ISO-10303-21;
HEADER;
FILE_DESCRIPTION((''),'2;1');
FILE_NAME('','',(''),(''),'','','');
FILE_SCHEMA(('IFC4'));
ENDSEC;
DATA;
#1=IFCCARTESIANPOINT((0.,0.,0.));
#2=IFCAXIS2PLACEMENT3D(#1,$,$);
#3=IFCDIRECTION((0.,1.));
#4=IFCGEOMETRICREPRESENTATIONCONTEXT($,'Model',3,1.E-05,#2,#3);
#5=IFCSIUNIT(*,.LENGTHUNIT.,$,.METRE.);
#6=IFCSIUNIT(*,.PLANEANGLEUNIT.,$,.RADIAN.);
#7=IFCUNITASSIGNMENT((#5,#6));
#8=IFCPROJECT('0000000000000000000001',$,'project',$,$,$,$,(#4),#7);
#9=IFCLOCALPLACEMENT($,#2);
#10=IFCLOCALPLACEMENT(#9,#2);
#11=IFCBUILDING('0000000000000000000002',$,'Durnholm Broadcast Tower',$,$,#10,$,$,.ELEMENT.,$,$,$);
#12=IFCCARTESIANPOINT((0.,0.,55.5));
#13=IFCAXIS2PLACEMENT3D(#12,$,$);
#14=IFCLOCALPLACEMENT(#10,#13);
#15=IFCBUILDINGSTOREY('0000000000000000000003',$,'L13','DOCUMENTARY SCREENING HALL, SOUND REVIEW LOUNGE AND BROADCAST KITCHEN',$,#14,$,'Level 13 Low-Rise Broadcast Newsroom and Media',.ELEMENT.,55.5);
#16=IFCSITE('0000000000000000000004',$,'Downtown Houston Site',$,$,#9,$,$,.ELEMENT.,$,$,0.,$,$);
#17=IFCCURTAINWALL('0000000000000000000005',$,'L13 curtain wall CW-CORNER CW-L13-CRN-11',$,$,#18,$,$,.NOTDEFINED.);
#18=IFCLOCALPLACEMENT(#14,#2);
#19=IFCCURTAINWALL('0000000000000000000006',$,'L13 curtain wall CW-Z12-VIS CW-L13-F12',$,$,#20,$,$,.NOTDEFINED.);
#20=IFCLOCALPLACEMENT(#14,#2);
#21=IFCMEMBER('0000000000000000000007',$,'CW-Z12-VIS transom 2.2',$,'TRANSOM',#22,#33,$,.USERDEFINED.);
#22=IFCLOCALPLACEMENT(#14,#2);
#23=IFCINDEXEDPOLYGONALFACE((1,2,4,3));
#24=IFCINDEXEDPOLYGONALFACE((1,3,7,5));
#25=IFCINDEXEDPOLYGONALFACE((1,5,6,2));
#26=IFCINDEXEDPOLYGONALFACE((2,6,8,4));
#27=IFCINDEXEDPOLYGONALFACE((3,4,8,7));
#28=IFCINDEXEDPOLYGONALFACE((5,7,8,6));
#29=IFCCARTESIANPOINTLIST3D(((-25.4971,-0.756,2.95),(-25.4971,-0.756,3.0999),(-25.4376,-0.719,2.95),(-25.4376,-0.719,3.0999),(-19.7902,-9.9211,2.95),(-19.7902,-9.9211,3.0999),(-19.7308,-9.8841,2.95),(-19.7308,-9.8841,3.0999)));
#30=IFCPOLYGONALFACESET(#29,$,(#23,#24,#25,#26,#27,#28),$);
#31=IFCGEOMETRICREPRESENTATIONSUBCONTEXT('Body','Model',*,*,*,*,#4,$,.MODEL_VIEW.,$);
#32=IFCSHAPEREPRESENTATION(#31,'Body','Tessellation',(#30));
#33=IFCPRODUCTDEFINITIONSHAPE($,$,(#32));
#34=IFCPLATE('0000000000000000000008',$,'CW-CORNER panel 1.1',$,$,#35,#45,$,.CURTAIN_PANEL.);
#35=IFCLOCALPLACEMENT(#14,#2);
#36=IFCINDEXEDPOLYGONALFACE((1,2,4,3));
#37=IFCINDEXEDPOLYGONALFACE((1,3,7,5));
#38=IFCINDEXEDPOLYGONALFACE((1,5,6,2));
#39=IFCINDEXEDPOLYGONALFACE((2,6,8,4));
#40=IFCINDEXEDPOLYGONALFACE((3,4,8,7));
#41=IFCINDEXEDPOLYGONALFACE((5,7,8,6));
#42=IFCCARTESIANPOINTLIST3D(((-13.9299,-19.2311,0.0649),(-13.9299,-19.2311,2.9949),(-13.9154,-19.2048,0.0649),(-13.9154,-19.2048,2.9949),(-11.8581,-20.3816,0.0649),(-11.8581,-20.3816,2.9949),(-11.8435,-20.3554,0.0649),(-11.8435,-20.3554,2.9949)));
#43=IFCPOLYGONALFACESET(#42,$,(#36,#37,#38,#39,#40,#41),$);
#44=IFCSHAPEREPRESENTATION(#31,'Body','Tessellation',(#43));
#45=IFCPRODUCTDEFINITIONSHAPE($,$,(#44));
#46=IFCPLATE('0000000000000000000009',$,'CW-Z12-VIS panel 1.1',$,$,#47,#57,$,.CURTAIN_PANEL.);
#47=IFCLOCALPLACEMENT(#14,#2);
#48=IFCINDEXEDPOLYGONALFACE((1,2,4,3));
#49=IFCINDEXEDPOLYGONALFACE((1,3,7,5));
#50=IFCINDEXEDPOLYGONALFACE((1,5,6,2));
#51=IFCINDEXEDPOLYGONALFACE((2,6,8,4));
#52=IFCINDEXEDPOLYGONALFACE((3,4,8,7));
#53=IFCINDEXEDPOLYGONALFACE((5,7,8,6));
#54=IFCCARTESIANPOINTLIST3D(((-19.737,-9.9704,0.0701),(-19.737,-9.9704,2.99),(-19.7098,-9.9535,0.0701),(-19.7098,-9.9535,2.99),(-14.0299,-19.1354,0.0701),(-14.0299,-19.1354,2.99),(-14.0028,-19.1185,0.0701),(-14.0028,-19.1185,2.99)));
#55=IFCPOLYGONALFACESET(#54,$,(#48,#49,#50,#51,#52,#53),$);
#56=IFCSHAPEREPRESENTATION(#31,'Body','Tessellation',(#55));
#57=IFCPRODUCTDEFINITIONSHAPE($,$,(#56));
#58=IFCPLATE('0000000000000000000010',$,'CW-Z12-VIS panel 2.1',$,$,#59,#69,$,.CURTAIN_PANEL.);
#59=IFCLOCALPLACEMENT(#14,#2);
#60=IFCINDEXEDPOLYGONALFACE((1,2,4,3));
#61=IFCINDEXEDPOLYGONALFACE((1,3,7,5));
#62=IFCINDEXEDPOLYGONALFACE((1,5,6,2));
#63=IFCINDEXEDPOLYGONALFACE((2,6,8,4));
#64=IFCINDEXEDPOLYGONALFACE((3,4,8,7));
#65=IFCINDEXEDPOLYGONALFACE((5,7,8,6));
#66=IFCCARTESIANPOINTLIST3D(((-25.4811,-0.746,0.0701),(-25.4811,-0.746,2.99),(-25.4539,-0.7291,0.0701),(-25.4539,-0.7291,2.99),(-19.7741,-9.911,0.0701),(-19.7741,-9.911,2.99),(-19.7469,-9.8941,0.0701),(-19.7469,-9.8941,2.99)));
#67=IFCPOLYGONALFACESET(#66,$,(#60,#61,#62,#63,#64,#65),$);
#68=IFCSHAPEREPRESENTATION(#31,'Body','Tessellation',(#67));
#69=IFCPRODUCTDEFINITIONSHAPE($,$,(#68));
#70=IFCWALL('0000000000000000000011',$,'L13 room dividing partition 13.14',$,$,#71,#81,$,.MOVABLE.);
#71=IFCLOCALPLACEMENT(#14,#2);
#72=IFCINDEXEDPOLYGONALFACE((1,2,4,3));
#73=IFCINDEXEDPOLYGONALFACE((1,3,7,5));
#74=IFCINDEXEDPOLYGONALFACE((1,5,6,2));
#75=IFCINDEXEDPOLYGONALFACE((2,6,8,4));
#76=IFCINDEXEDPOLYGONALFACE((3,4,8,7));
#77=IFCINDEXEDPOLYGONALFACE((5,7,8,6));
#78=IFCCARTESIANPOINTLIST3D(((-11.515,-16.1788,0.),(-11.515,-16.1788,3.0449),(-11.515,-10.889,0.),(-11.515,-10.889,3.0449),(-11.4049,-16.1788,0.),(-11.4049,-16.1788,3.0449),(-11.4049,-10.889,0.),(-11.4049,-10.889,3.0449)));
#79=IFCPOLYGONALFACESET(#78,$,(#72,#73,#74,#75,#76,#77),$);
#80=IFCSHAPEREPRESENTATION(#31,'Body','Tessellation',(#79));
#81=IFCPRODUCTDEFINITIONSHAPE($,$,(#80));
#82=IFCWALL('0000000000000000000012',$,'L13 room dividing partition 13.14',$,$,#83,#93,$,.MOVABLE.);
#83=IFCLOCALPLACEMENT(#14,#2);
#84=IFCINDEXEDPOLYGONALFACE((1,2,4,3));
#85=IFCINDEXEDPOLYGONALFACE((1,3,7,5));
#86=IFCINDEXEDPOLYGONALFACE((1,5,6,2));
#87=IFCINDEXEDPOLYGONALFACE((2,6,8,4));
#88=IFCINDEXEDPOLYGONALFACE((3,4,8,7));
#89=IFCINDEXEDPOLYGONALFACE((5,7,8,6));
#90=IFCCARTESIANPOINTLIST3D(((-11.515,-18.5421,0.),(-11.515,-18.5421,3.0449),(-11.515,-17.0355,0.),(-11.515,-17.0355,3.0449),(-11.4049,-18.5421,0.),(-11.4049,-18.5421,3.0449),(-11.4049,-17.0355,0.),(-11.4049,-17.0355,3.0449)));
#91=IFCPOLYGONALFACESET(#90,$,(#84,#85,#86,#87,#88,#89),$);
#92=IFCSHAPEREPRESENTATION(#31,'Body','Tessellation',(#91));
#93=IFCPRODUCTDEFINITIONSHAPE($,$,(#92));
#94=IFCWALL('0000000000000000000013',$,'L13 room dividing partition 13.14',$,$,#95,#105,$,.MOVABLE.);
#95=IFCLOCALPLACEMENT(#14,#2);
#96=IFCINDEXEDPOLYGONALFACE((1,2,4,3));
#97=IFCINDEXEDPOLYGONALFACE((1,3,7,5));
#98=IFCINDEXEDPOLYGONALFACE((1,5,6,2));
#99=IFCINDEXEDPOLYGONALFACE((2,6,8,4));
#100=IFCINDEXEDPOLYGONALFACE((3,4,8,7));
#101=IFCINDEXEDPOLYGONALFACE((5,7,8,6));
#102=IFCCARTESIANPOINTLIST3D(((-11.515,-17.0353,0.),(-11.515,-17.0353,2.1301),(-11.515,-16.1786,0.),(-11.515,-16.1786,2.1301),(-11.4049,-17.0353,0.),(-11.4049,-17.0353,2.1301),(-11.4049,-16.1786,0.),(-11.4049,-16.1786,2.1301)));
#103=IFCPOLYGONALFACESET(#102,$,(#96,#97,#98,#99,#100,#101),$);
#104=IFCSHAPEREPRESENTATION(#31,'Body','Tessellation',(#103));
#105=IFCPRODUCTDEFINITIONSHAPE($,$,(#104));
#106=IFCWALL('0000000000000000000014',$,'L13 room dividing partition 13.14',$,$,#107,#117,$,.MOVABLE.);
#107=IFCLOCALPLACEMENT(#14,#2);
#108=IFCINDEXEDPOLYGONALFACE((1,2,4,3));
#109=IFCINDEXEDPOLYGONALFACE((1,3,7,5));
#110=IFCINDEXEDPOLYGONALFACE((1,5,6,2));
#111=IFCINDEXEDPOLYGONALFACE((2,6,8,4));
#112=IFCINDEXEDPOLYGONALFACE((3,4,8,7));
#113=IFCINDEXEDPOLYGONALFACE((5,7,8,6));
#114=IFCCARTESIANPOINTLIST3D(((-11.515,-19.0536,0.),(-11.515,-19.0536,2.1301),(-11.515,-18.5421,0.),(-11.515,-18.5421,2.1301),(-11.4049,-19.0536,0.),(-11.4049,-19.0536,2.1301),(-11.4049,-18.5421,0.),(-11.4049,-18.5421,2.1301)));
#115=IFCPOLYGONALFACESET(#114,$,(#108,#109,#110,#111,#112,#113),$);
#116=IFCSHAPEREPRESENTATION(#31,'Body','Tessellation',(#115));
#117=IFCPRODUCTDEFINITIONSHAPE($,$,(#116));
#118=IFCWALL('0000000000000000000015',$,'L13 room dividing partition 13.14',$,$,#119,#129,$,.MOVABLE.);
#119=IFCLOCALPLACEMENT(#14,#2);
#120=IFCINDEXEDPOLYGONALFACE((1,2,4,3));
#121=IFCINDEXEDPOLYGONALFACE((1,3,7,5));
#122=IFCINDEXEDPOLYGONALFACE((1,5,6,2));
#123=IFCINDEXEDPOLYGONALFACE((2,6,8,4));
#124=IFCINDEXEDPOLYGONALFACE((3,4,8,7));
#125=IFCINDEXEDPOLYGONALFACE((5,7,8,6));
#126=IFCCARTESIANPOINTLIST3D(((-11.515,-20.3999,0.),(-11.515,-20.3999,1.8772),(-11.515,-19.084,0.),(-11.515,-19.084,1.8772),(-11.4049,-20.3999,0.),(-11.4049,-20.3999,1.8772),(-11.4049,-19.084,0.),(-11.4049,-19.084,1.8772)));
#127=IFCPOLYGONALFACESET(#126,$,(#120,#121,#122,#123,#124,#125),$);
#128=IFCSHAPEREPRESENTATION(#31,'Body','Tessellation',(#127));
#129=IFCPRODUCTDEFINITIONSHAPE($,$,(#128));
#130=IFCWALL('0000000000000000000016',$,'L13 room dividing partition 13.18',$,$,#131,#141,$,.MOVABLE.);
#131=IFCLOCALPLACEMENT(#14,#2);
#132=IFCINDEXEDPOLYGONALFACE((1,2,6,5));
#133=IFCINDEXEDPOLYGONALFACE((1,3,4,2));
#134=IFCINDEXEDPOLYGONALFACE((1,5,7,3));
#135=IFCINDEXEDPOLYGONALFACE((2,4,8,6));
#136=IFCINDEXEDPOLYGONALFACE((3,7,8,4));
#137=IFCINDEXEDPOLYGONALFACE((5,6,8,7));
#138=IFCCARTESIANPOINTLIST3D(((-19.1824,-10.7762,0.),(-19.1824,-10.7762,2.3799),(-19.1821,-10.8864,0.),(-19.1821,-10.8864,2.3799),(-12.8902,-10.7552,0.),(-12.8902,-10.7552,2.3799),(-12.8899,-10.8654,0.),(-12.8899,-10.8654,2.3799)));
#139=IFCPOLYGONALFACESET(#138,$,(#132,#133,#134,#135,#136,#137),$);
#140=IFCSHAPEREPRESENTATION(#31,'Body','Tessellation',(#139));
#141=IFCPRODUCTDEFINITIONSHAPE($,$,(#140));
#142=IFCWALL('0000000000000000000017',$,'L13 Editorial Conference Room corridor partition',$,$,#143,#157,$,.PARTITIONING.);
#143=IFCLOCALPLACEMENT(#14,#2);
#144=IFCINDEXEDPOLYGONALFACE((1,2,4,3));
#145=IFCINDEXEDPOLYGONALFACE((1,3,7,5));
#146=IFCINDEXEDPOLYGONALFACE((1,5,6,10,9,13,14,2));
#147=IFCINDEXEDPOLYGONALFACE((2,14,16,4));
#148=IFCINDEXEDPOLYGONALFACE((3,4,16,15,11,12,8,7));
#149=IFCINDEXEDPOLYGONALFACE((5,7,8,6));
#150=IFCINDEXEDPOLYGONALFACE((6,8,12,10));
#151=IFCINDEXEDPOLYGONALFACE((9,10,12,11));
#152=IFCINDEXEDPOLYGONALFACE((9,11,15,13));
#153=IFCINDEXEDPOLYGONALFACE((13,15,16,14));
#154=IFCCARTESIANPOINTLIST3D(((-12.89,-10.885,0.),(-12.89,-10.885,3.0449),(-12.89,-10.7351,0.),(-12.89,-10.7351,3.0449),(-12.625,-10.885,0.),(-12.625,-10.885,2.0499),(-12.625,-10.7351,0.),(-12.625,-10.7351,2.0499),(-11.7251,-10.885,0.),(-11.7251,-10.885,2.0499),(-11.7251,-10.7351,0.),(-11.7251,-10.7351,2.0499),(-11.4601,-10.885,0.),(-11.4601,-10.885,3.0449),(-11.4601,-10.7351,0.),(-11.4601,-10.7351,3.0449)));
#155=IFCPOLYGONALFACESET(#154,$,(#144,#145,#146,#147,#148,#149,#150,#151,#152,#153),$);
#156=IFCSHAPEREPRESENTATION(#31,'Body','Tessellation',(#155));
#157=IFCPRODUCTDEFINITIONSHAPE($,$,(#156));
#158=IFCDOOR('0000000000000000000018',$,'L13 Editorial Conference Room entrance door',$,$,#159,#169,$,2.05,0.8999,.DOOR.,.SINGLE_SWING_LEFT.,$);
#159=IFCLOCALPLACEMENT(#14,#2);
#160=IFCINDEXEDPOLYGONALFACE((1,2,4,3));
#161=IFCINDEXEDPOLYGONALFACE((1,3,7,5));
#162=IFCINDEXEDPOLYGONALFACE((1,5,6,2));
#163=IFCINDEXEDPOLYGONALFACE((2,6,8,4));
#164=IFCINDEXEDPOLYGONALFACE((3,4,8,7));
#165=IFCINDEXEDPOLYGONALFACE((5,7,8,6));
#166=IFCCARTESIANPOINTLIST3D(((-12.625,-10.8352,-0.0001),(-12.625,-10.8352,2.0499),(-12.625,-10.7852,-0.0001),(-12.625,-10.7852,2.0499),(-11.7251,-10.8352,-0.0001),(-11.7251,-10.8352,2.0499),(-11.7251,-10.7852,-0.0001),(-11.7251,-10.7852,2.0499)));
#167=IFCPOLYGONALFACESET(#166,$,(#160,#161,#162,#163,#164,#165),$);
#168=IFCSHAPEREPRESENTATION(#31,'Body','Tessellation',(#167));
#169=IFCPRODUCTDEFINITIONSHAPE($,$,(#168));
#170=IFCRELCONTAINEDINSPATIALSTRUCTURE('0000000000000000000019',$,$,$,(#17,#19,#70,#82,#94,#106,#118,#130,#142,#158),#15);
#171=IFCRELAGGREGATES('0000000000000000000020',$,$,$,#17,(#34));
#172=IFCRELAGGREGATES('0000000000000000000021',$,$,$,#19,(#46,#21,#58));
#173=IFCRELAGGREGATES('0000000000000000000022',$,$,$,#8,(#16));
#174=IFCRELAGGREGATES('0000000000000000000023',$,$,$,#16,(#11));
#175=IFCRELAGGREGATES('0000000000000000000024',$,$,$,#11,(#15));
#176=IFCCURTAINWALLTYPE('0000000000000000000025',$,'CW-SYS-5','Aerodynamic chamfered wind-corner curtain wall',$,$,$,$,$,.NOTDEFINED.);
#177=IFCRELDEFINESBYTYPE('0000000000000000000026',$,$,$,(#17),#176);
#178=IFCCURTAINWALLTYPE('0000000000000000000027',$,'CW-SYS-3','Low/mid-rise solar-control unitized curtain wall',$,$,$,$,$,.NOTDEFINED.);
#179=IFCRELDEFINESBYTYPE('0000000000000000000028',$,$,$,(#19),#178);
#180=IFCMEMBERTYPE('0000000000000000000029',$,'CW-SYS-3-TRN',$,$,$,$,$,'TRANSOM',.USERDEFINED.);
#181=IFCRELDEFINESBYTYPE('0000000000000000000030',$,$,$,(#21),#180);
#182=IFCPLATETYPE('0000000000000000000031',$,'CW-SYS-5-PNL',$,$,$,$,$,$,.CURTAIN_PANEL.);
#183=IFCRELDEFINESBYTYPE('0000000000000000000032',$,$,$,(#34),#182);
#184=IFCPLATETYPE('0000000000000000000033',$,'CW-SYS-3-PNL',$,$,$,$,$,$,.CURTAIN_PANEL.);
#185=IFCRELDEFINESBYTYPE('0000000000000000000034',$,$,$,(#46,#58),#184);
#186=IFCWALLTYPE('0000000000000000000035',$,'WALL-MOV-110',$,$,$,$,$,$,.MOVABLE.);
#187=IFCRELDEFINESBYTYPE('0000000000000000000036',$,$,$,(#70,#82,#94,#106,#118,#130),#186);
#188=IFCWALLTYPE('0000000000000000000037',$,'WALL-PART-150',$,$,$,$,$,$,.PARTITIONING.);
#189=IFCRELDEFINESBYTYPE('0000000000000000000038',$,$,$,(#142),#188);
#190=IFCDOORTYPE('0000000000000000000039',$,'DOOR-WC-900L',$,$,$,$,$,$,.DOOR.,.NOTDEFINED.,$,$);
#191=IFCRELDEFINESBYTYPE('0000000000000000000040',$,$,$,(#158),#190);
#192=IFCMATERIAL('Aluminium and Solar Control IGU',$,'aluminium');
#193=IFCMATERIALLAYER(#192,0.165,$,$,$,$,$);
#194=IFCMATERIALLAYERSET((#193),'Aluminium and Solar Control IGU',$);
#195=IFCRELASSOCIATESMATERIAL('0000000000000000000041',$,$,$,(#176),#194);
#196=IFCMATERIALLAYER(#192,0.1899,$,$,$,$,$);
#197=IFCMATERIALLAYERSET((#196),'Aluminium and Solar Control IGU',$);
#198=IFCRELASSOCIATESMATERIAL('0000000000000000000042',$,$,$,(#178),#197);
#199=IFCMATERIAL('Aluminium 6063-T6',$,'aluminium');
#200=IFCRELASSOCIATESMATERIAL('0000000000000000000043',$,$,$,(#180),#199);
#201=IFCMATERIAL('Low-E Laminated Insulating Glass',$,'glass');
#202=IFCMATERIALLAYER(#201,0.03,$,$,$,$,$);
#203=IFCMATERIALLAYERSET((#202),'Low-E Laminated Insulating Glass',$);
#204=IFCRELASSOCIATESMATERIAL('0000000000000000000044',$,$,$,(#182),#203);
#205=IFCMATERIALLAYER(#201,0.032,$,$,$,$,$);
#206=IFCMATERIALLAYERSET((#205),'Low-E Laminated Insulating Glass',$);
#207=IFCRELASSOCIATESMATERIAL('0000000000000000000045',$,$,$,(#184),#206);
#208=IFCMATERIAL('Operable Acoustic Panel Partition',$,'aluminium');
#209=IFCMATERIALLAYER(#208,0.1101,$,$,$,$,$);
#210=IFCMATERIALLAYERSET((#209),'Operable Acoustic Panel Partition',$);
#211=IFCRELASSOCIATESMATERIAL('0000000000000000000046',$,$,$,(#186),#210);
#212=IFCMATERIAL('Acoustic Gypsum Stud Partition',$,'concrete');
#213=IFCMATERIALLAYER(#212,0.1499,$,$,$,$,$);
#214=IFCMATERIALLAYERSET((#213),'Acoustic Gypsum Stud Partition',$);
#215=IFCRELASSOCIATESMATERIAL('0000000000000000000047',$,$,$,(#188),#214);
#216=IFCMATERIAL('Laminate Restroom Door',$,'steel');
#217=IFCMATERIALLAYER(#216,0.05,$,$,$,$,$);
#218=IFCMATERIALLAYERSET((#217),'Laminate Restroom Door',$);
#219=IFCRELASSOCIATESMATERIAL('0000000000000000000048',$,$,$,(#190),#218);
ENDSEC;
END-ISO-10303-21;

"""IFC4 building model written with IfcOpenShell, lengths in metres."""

from ifc_helpers import new_model, si_unit, direction, frame, frame_2d, origin, origin_2d, place, context, subcontext, project, spatial, rectangle, extrude, source, transform, mapped, material, layer, layer_set, material_profile, profile_set, type_object, type_shapes, element, fill, aggregate, save


model = new_model("IFC4")

# Units and contexts
model_context = context("Model", 3, precision=1e-05, world=origin(), true_north=direction((0.0, 1.0)))
body_context = subcontext(model_context, "Body", "Model", "MODEL_VIEW")
ifc_project = project(units=[si_unit("LENGTHUNIT", "METRE"), si_unit("PLANEANGLEUNIT", "RADIAN")], contexts=[model_context])

# Site, building, storey
site_placement = place(None, origin())
site = spatial("IfcSite", under=ifc_project, at=site_placement, Name="Downtown Houston Site", CompositionType="ELEMENT", RefElevation=0.0)
building_placement = place(site_placement, origin())
building = spatial("IfcBuilding", under=site, at=building_placement, Name="Durnholm Broadcast Tower", CompositionType="ELEMENT")
storey_placement = place(building_placement, frame((0.0, 0.0, 55.5)))
storey = spatial("IfcBuildingStorey", under=building, at=storey_placement, Name="L13", Description="DOCUMENTARY SCREENING HALL, SOUND REVIEW LOUNGE AND BROADCAST KITCHEN", LongName="Level 13 Low-Rise Broadcast Newsroom and Media", CompositionType="ELEMENT", Elevation=55.5)

# Shared definitions
ifc_material_1 = material(Name="Aluminium and Solar Control IGU", Category="aluminium")
ifc_layer_1 = layer(ifc_material_1, 0.165)
ifc_layer_set_1 = layer_set([ifc_layer_1], Name="Aluminium and Solar Control IGU")
curtain_wall_type_1 = type_object("IfcCurtainWallType", Name="CW-SYS-5", Description="Aerodynamic chamfered wind-corner curtain wall", PredefinedType="NOTDEFINED", material=ifc_layer_set_1)
ifc_material_2 = material(Name="Aluminium 6063-T6", Category="aluminium")

# Curtain wall
curtain_wall_1_placement = place(storey_placement, origin())
curtain_wall_1 = element("IfcCurtainWall", 1, at=curtain_wall_1_placement, inside=storey, type_object=curtain_wall_type_1, Name="L13 curtain wall CW-CORNER CW-L13-CRN-11", PredefinedType="NOTDEFINED")

# Shared definitions
ifc_layer_2 = layer(ifc_material_1, 0.1899)
ifc_layer_set_2 = layer_set([ifc_layer_2], Name="Aluminium and Solar Control IGU")
curtain_wall_type_2 = type_object("IfcCurtainWallType", Name="CW-SYS-3", Description="Low/mid-rise solar-control unitized curtain wall", PredefinedType="NOTDEFINED", material=ifc_layer_set_2)

# Curtain wall, member
curtain_wall_2_placement = place(storey_placement, origin())
curtain_wall_2 = element("IfcCurtainWall", 2, at=curtain_wall_2_placement, inside=storey, type_object=curtain_wall_type_2, Name="L13 curtain wall CW-Z12-VIS CW-L13-F12", PredefinedType="NOTDEFINED")
ifc_material_profile_1 = material_profile(ifc_material_2, rectangle(XDim=0.0701, YDim=0.1499, at=origin_2d()), Name="CWT70X150")
ifc_profile_set_1 = profile_set([ifc_material_profile_1], Name="Aluminium 6063-T6")
member_type_1 = type_object("IfcMemberType", Name="CW-SYS-3-TRN", ElementType="TRANSOM", PredefinedType="USERDEFINED", material=ifc_profile_set_1)
shared_shape_1 = source(origin(), body_context, "Body", "SweptSolid", [
    extrude(rectangle(XDim=0.0701, YDim=0.1499, at=origin_2d()), origin(), (0.0, 0.0, 1.0), 10.7966),
])
type_shapes(member_type_1, [shared_shape_1])
member_1_placement = place(storey_placement, frame((-19.7605, -9.9026, 3.0249), z_axis=(-0.528575, 0.848886, 0.0), x_axis=(-0.848886, -0.528575, 0.0)))
member_1 = element("IfcMember", 3, at=member_1_placement, type_object=member_type_1, Name="CW-Z12-VIS transom 2.2", ObjectType="TRANSOM", PredefinedType="USERDEFINED", context=body_context, shape_type="MappedRepresentation", body=[
    mapped(shared_shape_1, transform((0.0, 0.0, 0.0), x_axis=(1.0, 0.0, 0.0), y_axis=(0.0, 1.0, 0.0), z_axis=(0.0, 0.0, 1.0), scale=1.0)),
])

# Plates
ifc_material_3 = material(Name="Low-E Laminated Insulating Glass", Category="glass")
ifc_layer_3 = layer(ifc_material_3, 0.03)
ifc_layer_set_3 = layer_set([ifc_layer_3], Name="Low-E Laminated Insulating Glass")
plate_type_1 = type_object("IfcPlateType", Name="CW-SYS-5-PNL", PredefinedType="CURTAIN_PANEL", material=ifc_layer_set_3)
shared_shape_2 = source(origin(), body_context, "Body", "SweptSolid", [
    extrude(rectangle(XDim=2.3699, YDim=0.03, at=origin_2d()), origin(), (0.0, 0.0, 1.0), 2.9299),
])
type_shapes(plate_type_1, [shared_shape_2])
plate_1_placement = place(storey_placement, frame((-12.8867, -19.7932, 0.0649), z_axis=(0.0, 0.0, 1.0), x_axis=(-0.874246, 0.485483, 0.0)))
plate_1 = element("IfcPlate", 4, at=plate_1_placement, type_object=plate_type_1, Name="CW-CORNER panel 1.1", PredefinedType="CURTAIN_PANEL", context=body_context, shape_type="MappedRepresentation", body=[
    mapped(shared_shape_2, transform((0.0, 0.0, 0.0), x_axis=(1.0, 0.0, 0.0), y_axis=(0.0, 1.0, 0.0), z_axis=(0.0, 0.0, 1.0), scale=1.0)),
])
aggregate(curtain_wall_1, [plate_1])
ifc_layer_4 = layer(ifc_material_3, 0.032)
ifc_layer_set_4 = layer_set([ifc_layer_4], Name="Low-E Laminated Insulating Glass")
plate_type_2 = type_object("IfcPlateType", Name="CW-SYS-3-PNL", PredefinedType="CURTAIN_PANEL", material=ifc_layer_set_4)
shared_shape_3 = source(origin(), body_context, "Body", "SweptSolid", [
    extrude(rectangle(XDim=10.7966, YDim=0.032, at=origin_2d()), origin(), (0.0, 0.0, 1.0), 2.9199),
])
type_shapes(plate_type_2, [shared_shape_3])
plate_2_placement = place(storey_placement, frame((-16.8699, -14.5444, 0.0701), z_axis=(0.0, 0.0, 1.0), x_axis=(-0.528592, 0.848876, 0.0)))
plate_2 = element("IfcPlate", 5, at=plate_2_placement, type_object=plate_type_2, Name="CW-Z12-VIS panel 1.1", PredefinedType="CURTAIN_PANEL", context=body_context, shape_type="MappedRepresentation", body=[
    mapped(shared_shape_3, transform((0.0, 0.0, 0.0), x_axis=(1.0, 0.0, 0.0), y_axis=(0.0, 1.0, 0.0), z_axis=(0.0, 0.0, 1.0), scale=1.0)),
])
plate_3_placement = place(storey_placement, frame((-22.614, -5.3201, 0.0701), z_axis=(0.0, 0.0, 1.0), x_axis=(-0.528592, 0.848876, 0.0)))
plate_3 = element("IfcPlate", 6, at=plate_3_placement, type_object=plate_type_2, Name="CW-Z12-VIS panel 2.1", PredefinedType="CURTAIN_PANEL", context=body_context, shape_type="MappedRepresentation", body=[
    mapped(shared_shape_3, transform((0.0, 0.0, 0.0), x_axis=(1.0, 0.0, 0.0), y_axis=(0.0, 1.0, 0.0), z_axis=(0.0, 0.0, 1.0), scale=1.0)),
])
aggregate(curtain_wall_2, [plate_2, member_1, plate_3])

# Walls
ifc_material_4 = material(Name="Operable Acoustic Panel Partition", Category="aluminium")
ifc_layer_5 = layer(ifc_material_4, 0.1101)
ifc_layer_set_5 = layer_set([ifc_layer_5], Name="Operable Acoustic Panel Partition")
wall_type_1 = type_object("IfcWallType", Name="WALL-MOV-110", PredefinedType="MOVABLE", material=ifc_layer_set_5)
wall_1_placement = place(storey_placement, frame((-11.46, -10.8889, 0.0), z_axis=(0.0, 0.0, 1.0), x_axis=(0.0, -1.0, 0.0)))
element("IfcWall", 7, at=wall_1_placement, inside=storey, type_object=wall_type_1, Name="L13 room dividing partition 13.14", PredefinedType="MOVABLE", context=body_context, shape_type="SweptSolid", body=[
    extrude(rectangle(XDim=5.2898, YDim=0.1101, at=frame_2d((2.645, 0.0))), origin(), (0.0, 0.0, 1.0), 3.0449),
])
wall_2_placement = place(storey_placement, frame((-11.46, -17.0354, 0.0), z_axis=(0.0, 0.0, 1.0), x_axis=(0.0, -1.0, 0.0)))
element("IfcWall", 8, at=wall_2_placement, inside=storey, type_object=wall_type_1, Name="L13 room dividing partition 13.14", PredefinedType="MOVABLE", context=body_context, shape_type="SweptSolid", body=[
    extrude(rectangle(XDim=1.5066, YDim=0.1101, at=frame_2d((0.7534, 0.0))), origin(), (0.0, 0.0, 1.0), 3.0449),
])
wall_3_placement = place(storey_placement, frame((-11.46, -16.1787, 0.0), z_axis=(0.0, 0.0, 1.0), x_axis=(0.0, -1.0, 0.0)))
element("IfcWall", 9, at=wall_3_placement, inside=storey, type_object=wall_type_1, Name="L13 room dividing partition 13.14", PredefinedType="MOVABLE", context=body_context, shape_type="SweptSolid", body=[
    extrude(rectangle(XDim=0.8567, YDim=0.1101, at=frame_2d((0.4282, 0.0))), origin(), (0.0, 0.0, 1.0), 2.1301),
])
wall_4_placement = place(storey_placement, frame((-11.46, -18.542, 0.0), z_axis=(0.0, 0.0, 1.0), x_axis=(0.0, -1.0, 0.0)))
element("IfcWall", 10, at=wall_4_placement, inside=storey, type_object=wall_type_1, Name="L13 room dividing partition 13.14", PredefinedType="MOVABLE", context=body_context, shape_type="SweptSolid", body=[
    extrude(rectangle(XDim=0.5115, YDim=0.1101, at=frame_2d((0.2559, 0.0))), origin(), (0.0, 0.0, 1.0), 2.1301),
])
wall_5_placement = place(storey_placement, frame((-11.46, -19.084, 0.0), z_axis=(0.0, 0.0, 1.0), x_axis=(0.0, -1.0, 0.0)))
element("IfcWall", 11, at=wall_5_placement, inside=storey, type_object=wall_type_1, Name="L13 room dividing partition 13.14", PredefinedType="MOVABLE", context=body_context, shape_type="SweptSolid", body=[
    extrude(rectangle(XDim=1.3159, YDim=0.1101, at=frame_2d((0.658, 0.0))), origin(), (0.0, 0.0, 1.0), 1.8772),
])
wall_6_placement = place(storey_placement, frame((-19.1821, -10.8313, 0.0), z_axis=(0.0, 0.0, 1.0), x_axis=(0.999994, 0.003337, 0.0)))
element("IfcWall", 12, at=wall_6_placement, inside=storey, type_object=wall_type_1, Name="L13 room dividing partition 13.18", PredefinedType="MOVABLE", context=body_context, shape_type="SweptSolid", body=[
    extrude(rectangle(XDim=6.2922, YDim=0.1101, at=frame_2d((3.146, 0.0))), origin(), (0.0, 0.0, 1.0), 2.3799),
])

# Wall, opening, door
ifc_material_5 = material(Name="Acoustic Gypsum Stud Partition", Category="concrete")
ifc_layer_6 = layer(ifc_material_5, 0.1499)
ifc_layer_set_6 = layer_set([ifc_layer_6], Name="Acoustic Gypsum Stud Partition")
wall_type_2 = type_object("IfcWallType", Name="WALL-PART-150", PredefinedType="PARTITIONING", material=ifc_layer_set_6)
wall_7_placement = place(storey_placement, frame((-12.8899, -10.8101, 0.0), z_axis=(0.0, 0.0, 1.0), x_axis=(1.0, 0.0, 0.0)))
wall_7 = element("IfcWall", 13, at=wall_7_placement, inside=storey, type_object=wall_type_2, Name="L13 Editorial Conference Room corridor partition", PredefinedType="PARTITIONING", context=body_context, shape_type="SweptSolid", body=[
    extrude(rectangle(XDim=1.4299, YDim=0.1499, at=frame_2d((0.7148, 0.0))), origin(), (0.0, 0.0, 1.0), 3.0449),
])
opening_placement = place(wall_7_placement, frame((0.2649, 0.0, 0.0)))
opening = element("IfcOpeningElement", 14, at=opening_placement, cuts=wall_7, PredefinedType="OPENING", context=body_context, shape_type="SweptSolid", body=[
    extrude(rectangle(XDim=0.8999, YDim=2.05, at=frame_2d((0.45, 1.0249))), frame((0.0, 0.085, 0.0), z_axis=(0.0, -1.0, 0.0), x_axis=(1.0, 0.0, 0.0)), (0.0, 0.0, 1.0), 0.1699),
])
ifc_material_6 = material(Name="Laminate Restroom Door", Category="steel")
ifc_layer_7 = layer(ifc_material_6, 0.05)
ifc_layer_set_7 = layer_set([ifc_layer_7], Name="Laminate Restroom Door")
door_type = type_object("IfcDoorType", Name="DOOR-WC-900L", OperationType="NOTDEFINED", PredefinedType="DOOR", material=ifc_layer_set_7)
shared_shape_4 = source(origin(), body_context, "Body", "SweptSolid", [
    extrude(rectangle(XDim=0.8999, YDim=2.05, at=frame_2d((0.45, 1.0249))), frame((0.0, 0.0249, 0.0), z_axis=(0.0, -1.0, 0.0), x_axis=(1.0, 0.0, 0.0)), (0.0, 0.0, 1.0), 0.05),
])
type_shapes(door_type, [shared_shape_4])
door_placement = place(opening_placement, origin())
door = element("IfcDoor", 15, at=door_placement, inside=storey, type_object=door_type, Name="L13 Editorial Conference Room entrance door", OperationType="SINGLE_SWING_LEFT", OverallHeight=2.05, OverallWidth=0.8999, PredefinedType="DOOR", context=body_context, shape_type="MappedRepresentation", body=[
    mapped(shared_shape_4, transform((0.0, 0.0, 0.0), x_axis=(1.0, 0.0, 0.0), y_axis=(0.0, 1.0, 0.0), z_axis=(0.0, 0.0, 1.0), scale=1.0)),
])
fill(opening, door)

save(model, "model.ifc")
